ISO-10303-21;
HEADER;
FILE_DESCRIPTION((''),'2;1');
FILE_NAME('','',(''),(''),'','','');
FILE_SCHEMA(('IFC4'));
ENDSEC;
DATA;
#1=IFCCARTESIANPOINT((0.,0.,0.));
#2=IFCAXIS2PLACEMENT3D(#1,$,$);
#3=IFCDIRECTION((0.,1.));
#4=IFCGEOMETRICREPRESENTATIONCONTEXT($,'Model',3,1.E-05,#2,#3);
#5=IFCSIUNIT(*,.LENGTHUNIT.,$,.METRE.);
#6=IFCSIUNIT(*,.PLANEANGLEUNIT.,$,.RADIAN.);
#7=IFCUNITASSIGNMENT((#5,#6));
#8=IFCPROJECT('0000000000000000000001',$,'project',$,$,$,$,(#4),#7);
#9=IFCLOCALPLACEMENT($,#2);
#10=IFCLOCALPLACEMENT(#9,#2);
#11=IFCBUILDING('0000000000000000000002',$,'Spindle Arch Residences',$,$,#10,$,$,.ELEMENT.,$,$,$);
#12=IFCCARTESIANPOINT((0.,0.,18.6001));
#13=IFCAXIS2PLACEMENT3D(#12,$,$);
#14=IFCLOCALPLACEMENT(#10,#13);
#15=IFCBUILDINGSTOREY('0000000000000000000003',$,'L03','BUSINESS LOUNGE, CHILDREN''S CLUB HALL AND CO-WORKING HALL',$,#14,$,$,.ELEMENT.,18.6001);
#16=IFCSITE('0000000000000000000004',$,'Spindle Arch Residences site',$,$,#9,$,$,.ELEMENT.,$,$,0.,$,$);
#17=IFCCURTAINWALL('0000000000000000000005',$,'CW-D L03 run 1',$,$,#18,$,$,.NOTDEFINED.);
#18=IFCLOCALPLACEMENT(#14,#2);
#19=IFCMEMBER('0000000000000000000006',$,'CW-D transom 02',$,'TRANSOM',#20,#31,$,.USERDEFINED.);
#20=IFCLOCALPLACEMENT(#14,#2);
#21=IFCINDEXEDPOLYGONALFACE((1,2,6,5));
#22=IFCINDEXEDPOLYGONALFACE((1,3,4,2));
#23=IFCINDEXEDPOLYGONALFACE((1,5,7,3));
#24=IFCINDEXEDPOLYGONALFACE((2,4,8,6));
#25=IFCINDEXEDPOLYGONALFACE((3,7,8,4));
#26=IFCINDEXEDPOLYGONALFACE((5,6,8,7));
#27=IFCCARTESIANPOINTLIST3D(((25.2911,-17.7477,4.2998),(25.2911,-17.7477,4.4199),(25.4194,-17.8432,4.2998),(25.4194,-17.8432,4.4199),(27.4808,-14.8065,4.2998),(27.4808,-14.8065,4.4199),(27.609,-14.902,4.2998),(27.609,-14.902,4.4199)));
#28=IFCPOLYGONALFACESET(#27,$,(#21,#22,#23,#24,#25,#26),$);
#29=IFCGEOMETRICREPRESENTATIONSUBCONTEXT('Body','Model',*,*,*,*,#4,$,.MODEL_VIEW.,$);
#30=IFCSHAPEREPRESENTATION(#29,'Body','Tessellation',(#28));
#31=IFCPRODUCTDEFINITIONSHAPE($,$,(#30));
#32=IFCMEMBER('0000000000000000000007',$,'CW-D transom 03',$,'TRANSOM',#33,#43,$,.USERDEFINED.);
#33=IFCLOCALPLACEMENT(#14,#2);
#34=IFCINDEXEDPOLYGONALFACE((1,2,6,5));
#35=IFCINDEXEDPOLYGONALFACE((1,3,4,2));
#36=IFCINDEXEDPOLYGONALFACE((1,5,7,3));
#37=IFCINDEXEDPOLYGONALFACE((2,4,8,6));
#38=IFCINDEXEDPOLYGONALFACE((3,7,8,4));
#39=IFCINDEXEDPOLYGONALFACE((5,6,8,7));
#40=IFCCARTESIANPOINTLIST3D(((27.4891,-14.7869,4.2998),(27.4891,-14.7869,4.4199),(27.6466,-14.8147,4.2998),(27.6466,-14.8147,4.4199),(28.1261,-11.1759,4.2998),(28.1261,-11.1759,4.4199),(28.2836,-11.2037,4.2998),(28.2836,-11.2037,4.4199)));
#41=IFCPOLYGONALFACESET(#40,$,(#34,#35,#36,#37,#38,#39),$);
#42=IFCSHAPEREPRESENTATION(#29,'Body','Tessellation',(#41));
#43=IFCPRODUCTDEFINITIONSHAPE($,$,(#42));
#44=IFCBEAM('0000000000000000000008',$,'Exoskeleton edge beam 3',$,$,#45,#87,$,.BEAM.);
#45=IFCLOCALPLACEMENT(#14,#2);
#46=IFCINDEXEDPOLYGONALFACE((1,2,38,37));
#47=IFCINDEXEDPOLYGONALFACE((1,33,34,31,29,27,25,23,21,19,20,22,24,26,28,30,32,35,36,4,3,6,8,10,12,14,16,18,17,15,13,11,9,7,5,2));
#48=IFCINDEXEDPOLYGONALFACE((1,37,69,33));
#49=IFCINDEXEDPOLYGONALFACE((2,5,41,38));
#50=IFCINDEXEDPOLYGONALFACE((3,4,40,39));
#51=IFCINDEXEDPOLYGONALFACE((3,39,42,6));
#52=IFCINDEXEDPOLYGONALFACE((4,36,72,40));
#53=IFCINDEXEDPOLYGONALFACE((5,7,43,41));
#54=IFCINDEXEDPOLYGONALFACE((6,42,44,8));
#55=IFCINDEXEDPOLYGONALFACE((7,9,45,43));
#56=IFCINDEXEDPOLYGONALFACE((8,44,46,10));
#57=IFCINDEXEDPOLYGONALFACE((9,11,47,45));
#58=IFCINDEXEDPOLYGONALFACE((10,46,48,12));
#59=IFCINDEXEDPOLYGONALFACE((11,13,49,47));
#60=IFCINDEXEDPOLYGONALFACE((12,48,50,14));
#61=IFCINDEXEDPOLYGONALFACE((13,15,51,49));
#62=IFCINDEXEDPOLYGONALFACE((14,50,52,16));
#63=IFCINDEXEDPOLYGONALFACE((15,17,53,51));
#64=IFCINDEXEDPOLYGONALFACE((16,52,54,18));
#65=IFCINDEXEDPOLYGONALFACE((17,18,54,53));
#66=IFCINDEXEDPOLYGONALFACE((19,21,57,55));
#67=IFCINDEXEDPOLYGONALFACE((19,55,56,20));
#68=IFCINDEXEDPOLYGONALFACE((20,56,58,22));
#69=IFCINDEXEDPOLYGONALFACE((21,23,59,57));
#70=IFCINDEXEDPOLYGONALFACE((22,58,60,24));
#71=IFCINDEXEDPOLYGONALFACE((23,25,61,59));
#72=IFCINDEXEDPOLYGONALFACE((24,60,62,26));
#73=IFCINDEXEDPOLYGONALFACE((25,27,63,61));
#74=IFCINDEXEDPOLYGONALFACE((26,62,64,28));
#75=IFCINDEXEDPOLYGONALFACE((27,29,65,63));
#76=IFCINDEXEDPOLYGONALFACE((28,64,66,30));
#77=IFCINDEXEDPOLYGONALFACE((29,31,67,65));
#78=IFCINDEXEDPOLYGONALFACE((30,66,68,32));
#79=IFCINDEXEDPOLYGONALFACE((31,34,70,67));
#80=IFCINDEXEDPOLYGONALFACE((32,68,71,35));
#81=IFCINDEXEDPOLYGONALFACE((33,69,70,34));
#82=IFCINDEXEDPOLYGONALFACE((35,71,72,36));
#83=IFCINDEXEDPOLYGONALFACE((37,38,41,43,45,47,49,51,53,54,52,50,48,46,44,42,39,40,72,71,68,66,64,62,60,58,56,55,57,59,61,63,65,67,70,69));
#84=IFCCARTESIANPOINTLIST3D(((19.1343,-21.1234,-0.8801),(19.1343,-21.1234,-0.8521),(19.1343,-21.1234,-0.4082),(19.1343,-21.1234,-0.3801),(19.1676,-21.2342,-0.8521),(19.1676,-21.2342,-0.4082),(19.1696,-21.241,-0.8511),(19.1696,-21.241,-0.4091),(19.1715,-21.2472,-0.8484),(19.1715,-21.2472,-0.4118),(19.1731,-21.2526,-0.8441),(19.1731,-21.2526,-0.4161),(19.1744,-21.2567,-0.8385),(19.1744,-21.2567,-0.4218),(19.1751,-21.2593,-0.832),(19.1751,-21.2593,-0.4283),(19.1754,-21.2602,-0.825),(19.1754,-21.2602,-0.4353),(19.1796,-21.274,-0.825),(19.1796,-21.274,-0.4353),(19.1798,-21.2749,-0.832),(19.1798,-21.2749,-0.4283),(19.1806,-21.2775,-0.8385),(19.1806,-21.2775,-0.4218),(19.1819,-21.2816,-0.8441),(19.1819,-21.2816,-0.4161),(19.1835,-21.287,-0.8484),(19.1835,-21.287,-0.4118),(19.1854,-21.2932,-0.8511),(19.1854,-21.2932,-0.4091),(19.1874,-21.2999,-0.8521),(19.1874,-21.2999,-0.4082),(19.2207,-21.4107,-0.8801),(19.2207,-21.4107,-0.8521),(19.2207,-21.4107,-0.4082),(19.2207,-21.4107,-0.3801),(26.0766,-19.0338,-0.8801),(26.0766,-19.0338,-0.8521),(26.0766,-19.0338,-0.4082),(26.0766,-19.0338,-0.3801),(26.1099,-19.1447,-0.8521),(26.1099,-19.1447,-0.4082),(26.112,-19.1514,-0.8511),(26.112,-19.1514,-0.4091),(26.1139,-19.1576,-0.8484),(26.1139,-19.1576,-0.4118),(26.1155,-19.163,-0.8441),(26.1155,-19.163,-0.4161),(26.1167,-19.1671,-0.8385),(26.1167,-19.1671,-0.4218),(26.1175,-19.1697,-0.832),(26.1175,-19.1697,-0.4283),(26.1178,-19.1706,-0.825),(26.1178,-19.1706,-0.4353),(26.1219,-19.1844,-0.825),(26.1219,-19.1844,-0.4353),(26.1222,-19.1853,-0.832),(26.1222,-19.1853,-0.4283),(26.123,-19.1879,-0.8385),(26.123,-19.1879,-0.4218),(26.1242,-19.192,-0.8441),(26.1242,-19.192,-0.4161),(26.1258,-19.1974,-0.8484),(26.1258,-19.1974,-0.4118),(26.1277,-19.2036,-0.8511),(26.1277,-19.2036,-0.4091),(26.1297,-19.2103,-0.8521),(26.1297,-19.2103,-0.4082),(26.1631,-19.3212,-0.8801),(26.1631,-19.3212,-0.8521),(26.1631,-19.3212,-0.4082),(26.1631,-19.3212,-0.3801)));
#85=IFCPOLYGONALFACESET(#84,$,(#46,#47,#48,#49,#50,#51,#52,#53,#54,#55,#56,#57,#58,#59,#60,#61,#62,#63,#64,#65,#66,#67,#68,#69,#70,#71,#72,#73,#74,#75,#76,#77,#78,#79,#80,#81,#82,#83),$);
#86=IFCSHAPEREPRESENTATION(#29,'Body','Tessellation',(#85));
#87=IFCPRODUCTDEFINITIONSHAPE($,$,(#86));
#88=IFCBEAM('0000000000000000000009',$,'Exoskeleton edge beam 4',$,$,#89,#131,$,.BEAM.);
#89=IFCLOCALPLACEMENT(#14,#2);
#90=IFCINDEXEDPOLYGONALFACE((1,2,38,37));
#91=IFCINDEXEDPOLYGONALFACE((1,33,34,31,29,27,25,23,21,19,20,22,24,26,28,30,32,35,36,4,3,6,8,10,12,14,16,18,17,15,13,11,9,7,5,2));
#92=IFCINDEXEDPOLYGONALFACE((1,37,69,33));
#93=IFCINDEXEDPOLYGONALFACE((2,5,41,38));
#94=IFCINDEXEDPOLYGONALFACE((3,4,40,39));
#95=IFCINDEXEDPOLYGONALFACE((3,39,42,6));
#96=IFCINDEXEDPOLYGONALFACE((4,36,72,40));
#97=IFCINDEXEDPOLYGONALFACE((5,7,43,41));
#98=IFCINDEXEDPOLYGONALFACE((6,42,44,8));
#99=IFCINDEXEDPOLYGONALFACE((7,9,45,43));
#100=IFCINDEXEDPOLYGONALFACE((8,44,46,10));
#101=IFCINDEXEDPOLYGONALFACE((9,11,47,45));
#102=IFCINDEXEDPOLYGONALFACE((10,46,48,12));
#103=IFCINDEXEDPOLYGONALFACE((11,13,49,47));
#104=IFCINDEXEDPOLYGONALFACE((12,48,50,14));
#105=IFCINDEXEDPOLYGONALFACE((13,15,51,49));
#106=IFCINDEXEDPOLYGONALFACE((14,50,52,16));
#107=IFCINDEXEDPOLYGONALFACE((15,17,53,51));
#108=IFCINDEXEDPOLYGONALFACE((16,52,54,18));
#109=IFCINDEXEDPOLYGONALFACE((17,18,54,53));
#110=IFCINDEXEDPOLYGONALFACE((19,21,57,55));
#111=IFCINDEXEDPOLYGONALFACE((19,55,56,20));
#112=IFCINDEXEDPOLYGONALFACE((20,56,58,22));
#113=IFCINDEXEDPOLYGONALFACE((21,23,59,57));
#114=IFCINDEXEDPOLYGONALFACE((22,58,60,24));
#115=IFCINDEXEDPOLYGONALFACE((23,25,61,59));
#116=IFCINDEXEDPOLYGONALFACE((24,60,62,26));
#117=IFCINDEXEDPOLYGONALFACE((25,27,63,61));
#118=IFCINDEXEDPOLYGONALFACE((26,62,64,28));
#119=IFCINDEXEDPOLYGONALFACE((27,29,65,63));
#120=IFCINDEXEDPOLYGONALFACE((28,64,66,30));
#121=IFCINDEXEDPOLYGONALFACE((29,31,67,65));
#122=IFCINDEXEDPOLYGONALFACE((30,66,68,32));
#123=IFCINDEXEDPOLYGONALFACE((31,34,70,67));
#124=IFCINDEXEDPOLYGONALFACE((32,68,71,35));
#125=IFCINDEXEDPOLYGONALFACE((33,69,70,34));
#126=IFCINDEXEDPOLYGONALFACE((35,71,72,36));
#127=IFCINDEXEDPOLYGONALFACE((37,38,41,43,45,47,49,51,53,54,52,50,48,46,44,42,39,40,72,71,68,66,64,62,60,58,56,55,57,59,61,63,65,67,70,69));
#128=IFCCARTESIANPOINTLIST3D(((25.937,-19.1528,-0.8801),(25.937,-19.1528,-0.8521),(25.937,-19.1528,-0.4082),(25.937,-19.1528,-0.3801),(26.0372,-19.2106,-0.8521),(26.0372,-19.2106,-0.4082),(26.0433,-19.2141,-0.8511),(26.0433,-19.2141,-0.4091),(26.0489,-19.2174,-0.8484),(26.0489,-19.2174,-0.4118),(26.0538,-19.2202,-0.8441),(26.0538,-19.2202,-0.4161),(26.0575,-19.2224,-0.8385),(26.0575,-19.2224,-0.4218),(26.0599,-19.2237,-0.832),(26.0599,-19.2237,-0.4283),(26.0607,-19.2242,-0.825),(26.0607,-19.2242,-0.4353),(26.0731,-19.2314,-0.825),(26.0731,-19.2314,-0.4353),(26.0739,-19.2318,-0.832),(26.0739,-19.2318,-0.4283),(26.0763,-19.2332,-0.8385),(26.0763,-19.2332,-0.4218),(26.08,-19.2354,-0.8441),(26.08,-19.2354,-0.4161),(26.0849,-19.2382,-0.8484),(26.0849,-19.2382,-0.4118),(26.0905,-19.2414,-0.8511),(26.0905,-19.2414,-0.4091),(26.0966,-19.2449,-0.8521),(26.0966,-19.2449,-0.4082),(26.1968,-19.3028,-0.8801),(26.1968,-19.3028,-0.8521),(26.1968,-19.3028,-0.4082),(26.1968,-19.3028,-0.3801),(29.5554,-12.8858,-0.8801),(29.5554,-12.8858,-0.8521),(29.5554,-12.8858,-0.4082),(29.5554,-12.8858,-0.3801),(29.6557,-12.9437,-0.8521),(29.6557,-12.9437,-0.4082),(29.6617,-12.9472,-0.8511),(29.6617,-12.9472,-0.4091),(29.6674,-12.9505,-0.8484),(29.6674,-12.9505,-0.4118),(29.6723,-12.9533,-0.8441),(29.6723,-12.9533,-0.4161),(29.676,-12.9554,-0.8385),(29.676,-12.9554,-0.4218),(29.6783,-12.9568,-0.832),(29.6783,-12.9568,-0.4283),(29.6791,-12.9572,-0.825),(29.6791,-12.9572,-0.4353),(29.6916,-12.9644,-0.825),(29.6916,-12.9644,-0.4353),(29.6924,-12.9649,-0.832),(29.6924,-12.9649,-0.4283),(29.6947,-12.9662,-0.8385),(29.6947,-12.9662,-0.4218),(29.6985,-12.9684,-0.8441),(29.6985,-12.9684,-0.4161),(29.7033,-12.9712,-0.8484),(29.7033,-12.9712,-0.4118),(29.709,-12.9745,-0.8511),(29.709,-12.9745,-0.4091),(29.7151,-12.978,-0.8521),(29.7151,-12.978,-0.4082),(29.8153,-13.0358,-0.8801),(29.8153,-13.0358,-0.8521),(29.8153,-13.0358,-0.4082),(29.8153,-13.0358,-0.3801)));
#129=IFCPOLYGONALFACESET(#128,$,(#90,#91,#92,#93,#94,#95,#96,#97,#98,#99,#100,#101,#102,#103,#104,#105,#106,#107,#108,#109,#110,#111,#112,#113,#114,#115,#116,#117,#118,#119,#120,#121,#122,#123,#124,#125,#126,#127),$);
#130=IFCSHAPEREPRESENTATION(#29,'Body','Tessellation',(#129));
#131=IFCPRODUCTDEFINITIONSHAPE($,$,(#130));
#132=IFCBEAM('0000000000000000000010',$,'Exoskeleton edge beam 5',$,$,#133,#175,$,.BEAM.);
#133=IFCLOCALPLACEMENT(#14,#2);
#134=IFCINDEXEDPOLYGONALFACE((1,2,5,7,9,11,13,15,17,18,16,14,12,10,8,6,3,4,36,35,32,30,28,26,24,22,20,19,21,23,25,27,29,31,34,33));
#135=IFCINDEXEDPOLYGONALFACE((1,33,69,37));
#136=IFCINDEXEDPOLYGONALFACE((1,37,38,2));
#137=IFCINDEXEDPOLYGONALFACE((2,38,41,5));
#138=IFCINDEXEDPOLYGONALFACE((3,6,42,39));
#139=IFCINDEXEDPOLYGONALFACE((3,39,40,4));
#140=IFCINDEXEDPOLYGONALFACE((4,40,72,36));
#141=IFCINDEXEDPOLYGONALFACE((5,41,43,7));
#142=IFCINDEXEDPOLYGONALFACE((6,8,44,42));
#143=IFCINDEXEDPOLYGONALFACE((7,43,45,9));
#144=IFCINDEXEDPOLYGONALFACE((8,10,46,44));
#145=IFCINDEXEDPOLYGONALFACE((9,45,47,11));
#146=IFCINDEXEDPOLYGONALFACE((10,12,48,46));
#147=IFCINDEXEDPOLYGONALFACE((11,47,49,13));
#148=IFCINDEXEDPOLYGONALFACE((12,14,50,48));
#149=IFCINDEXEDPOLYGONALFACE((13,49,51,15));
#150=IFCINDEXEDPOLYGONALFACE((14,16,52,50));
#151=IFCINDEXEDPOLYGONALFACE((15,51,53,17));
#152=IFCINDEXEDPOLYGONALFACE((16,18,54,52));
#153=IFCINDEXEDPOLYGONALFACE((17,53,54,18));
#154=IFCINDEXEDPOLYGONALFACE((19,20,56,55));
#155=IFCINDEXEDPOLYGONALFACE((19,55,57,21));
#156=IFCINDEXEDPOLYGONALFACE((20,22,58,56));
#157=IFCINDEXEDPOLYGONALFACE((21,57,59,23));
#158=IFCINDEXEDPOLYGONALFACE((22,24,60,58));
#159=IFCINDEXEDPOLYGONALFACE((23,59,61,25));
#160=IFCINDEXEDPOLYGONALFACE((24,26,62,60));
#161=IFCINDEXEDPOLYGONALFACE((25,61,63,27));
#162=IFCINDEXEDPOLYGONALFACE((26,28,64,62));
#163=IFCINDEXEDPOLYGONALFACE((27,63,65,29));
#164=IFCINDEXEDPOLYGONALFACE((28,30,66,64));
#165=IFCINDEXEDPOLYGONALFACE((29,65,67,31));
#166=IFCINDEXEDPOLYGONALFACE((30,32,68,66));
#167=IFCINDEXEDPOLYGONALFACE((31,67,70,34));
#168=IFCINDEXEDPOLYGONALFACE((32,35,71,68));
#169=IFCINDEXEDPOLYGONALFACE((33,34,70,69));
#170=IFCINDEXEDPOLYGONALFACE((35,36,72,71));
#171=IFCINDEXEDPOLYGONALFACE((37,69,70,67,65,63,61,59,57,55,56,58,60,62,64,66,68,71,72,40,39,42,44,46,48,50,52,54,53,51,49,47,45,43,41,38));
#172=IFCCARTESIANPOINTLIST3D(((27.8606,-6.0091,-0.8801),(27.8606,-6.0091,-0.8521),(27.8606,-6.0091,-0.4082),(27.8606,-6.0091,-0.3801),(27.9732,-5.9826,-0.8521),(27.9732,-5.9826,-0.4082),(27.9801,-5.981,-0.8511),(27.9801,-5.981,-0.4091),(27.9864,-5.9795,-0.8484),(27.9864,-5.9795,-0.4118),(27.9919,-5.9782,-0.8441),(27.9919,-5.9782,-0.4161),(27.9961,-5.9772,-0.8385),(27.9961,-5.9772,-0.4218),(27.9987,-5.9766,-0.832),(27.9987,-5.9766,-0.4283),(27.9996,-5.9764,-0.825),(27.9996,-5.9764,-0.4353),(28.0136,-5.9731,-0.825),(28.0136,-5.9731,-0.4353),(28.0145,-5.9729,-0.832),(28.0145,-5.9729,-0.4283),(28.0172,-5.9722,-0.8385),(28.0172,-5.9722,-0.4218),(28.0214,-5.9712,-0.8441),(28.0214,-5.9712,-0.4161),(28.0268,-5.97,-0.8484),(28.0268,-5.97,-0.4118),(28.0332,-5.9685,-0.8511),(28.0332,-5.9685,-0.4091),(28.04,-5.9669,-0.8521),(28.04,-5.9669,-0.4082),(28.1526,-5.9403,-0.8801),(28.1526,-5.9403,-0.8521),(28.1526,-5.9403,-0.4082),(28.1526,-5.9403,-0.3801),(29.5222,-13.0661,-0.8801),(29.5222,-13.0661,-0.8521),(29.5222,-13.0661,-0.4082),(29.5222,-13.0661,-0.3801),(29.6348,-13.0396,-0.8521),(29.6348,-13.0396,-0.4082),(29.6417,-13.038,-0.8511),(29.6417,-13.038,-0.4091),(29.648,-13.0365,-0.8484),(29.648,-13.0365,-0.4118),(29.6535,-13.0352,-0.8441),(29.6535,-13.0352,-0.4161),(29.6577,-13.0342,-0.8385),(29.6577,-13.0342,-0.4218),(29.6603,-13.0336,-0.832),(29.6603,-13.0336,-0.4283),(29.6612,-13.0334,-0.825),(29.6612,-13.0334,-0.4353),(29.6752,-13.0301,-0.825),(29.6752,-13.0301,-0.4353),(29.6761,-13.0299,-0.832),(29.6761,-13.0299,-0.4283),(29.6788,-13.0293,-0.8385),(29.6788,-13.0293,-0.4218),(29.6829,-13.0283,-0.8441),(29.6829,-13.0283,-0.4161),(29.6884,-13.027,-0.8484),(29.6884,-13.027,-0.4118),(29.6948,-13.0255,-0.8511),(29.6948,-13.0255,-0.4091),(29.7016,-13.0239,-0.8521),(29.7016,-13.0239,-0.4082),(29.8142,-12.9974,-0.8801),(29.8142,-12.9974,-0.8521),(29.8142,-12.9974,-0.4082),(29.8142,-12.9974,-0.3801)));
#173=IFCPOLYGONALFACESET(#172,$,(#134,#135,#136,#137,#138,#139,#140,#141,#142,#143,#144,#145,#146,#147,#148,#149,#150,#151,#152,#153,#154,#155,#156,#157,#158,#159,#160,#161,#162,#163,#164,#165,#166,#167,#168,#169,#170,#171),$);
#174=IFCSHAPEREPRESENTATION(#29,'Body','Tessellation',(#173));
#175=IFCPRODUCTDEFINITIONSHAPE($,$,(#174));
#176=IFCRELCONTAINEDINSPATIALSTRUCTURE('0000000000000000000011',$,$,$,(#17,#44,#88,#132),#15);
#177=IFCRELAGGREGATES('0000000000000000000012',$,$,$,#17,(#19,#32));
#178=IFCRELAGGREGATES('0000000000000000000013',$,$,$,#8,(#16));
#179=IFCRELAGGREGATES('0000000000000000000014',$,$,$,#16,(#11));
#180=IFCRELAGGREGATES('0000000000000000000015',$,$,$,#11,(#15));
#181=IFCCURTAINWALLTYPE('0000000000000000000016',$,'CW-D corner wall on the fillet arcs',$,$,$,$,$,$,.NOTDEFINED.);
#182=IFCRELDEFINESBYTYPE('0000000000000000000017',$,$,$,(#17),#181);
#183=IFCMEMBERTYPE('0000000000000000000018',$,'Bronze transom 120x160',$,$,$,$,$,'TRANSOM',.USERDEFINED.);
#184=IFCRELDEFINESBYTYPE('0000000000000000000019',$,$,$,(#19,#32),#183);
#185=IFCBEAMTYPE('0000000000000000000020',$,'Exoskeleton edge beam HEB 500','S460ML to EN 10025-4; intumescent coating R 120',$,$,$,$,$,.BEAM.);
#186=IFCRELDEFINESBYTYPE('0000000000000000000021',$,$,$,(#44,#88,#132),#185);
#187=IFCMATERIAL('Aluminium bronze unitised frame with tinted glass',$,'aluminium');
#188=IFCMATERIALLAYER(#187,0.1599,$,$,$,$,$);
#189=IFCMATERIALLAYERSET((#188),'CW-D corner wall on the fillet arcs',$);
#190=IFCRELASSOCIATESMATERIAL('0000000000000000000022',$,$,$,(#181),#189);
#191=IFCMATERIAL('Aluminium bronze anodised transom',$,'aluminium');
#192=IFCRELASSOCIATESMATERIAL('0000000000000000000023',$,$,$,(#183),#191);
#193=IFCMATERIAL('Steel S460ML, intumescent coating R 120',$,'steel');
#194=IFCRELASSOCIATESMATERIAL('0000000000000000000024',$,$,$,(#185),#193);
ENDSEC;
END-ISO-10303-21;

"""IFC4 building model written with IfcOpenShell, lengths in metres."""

from ifc_helpers import new_model, si_unit, direction, frame, origin, origin_2d, place, context, subcontext, project, spatial, rectangle, i_section, extrude, material, layer, layer_set, material_profile, profile_set, type_object, element, aggregate, save


model = new_model("IFC4")

# Units and contexts
model_context = context("Model", 3, precision=1e-05, world=origin(), true_north=direction((0.0, 1.0)))
body_context = subcontext(model_context, "Body", "Model", "MODEL_VIEW")
ifc_project = project(units=[si_unit("LENGTHUNIT", "METRE"), si_unit("PLANEANGLEUNIT", "RADIAN")], contexts=[model_context])

# Site, building, storey
site_placement = place(None, origin())
site = spatial("IfcSite", under=ifc_project, at=site_placement, Name="Spindle Arch Residences site", CompositionType="ELEMENT", RefElevation=0.0)
building_placement = place(site_placement, origin())
building = spatial("IfcBuilding", under=site, at=building_placement, Name="Spindle Arch Residences", CompositionType="ELEMENT")
storey_placement = place(building_placement, frame((0.0, 0.0, 18.6001)))
storey = spatial("IfcBuildingStorey", under=building, at=storey_placement, Name="L03", Description="BUSINESS LOUNGE, CHILDREN'S CLUB HALL AND CO-WORKING HALL", CompositionType="ELEMENT", Elevation=18.6001)

# Curtain wall, members
ifc_material_1 = material(Name="Aluminium bronze unitised frame with tinted glass", Category="aluminium")
ifc_layer_1 = layer(ifc_material_1, 0.1599)
ifc_layer_set_1 = layer_set([ifc_layer_1], Name="CW-D corner wall on the fillet arcs")
curtain_wall_type_1 = type_object("IfcCurtainWallType", Name="CW-D corner wall on the fillet arcs", PredefinedType="NOTDEFINED", material=ifc_layer_set_1)
curtain_wall_1_placement = place(storey_placement, origin())
curtain_wall_1 = element("IfcCurtainWall", 1, at=curtain_wall_1_placement, inside=storey, type_object=curtain_wall_type_1, Name="CW-D L03 run 1", PredefinedType="NOTDEFINED")
ifc_material_2 = material(Name="Aluminium bronze anodised transom", Category="aluminium")
ifc_material_profile_1 = material_profile(ifc_material_2, rectangle(XDim=0.1599, YDim=0.1201, at=origin_2d()), Name="TR 120x160")
ifc_profile_set_1 = profile_set([ifc_material_profile_1], Name="Aluminium bronze anodised transom")
member_type_1 = type_object("IfcMemberType", Name="Bronze transom 120x160", ElementType="TRANSOM", PredefinedType="USERDEFINED", material=ifc_profile_set_1)
member_1_placement = place(storey_placement, frame((25.3552, -17.7954, 4.3599), z_axis=(0.597173, 0.802112, 0.0), x_axis=(-0.802112, 0.597173, 0.0)))
member_1 = element("IfcMember", 2, at=member_1_placement, type_object=member_type_1, Name="CW-D transom 02", ObjectType="TRANSOM", PredefinedType="USERDEFINED", context=body_context, shape_type="SweptSolid", body=[
    extrude(rectangle(XDim=0.1599, YDim=0.1201, at=origin_2d()), origin(), (0.0, 0.0, 1.0), 3.6667),
])
member_2_placement = place(storey_placement, frame((27.5679, -14.8008, 4.3599), z_axis=(0.173709, 0.984797, 0.0), x_axis=(-0.984797, 0.173709, 0.0)))
member_2 = element("IfcMember", 3, at=member_2_placement, type_object=member_type_1, Name="CW-D transom 03", ObjectType="TRANSOM", PredefinedType="USERDEFINED", context=body_context, shape_type="SweptSolid", body=[
    extrude(rectangle(XDim=0.1599, YDim=0.1201, at=origin_2d()), origin(), (0.0, 0.0, 1.0), 3.6667),
])

# Beams
ifc_material_3 = material(Name="Steel S460ML, intumescent coating R 120", Category="steel")
ifc_material_profile_2 = material_profile(ifc_material_3, i_section(OverallWidth=0.3, OverallDepth=0.5, WebThickness=0.0144, FlangeThickness=0.0281, FilletRadius=0.0271, at=origin_2d()), Name="HEB 500")
ifc_profile_set_2 = profile_set([ifc_material_profile_2], Name="Steel S460ML, intumescent coating R 120")
beam_type_1 = type_object("IfcBeamType", Name="Exoskeleton edge beam HEB 500", Description="S460ML to EN 10025-4; intumescent coating R 120", PredefinedType="BEAM", material=ifc_profile_set_2)
beam_1_placement = place(storey_placement, frame((19.1775, -21.2671, -0.6301), z_axis=(0.957565, 0.288219, 0.0), x_axis=(-0.288219, 0.957565, 0.0)))
element("IfcBeam", 4, at=beam_1_placement, inside=storey, type_object=beam_type_1, Name="Exoskeleton edge beam 3", PredefinedType="BEAM", context=body_context, shape_type="SweptSolid", body=[
    extrude(i_section(OverallWidth=0.3, OverallDepth=0.5, WebThickness=0.0144, FlangeThickness=0.0281, FilletRadius=0.0271, at=origin_2d()), origin(), (0.0, 0.0, 1.0), 7.25),
])
beam_2_placement = place(storey_placement, frame((26.0669, -19.2278, -0.6301), z_axis=(0.500025, 0.866011, 0.0), x_axis=(-0.866011, 0.500025, 0.0)))
element("IfcBeam", 5, at=beam_2_placement, inside=storey, type_object=beam_type_1, Name="Exoskeleton edge beam 4", PredefinedType="BEAM", context=body_context, shape_type="SweptSolid", body=[
    extrude(i_section(OverallWidth=0.3, OverallDepth=0.5, WebThickness=0.0144, FlangeThickness=0.0281, FilletRadius=0.0271, at=origin_2d()), origin(), (0.0, 0.0, 1.0), 7.2366),
])
beam_3_placement = place(storey_placement, frame((29.6682, -13.0317, -0.6301), z_axis=(-0.229186, 0.973383, 0.0), x_axis=(-0.973383, -0.229186, 0.0)))
element("IfcBeam", 6, at=beam_3_placement, inside=storey, type_object=beam_type_1, Name="Exoskeleton edge beam 5", PredefinedType="BEAM", context=body_context, shape_type="SweptSolid", body=[
    extrude(i_section(OverallWidth=0.3, OverallDepth=0.5, WebThickness=0.0144, FlangeThickness=0.0281, FilletRadius=0.0271, at=origin_2d()), origin(), (0.0, 0.0, 1.0), 7.25),
])

aggregate(curtain_wall_1, [member_1, member_2])

save(model, "model.ifc")
